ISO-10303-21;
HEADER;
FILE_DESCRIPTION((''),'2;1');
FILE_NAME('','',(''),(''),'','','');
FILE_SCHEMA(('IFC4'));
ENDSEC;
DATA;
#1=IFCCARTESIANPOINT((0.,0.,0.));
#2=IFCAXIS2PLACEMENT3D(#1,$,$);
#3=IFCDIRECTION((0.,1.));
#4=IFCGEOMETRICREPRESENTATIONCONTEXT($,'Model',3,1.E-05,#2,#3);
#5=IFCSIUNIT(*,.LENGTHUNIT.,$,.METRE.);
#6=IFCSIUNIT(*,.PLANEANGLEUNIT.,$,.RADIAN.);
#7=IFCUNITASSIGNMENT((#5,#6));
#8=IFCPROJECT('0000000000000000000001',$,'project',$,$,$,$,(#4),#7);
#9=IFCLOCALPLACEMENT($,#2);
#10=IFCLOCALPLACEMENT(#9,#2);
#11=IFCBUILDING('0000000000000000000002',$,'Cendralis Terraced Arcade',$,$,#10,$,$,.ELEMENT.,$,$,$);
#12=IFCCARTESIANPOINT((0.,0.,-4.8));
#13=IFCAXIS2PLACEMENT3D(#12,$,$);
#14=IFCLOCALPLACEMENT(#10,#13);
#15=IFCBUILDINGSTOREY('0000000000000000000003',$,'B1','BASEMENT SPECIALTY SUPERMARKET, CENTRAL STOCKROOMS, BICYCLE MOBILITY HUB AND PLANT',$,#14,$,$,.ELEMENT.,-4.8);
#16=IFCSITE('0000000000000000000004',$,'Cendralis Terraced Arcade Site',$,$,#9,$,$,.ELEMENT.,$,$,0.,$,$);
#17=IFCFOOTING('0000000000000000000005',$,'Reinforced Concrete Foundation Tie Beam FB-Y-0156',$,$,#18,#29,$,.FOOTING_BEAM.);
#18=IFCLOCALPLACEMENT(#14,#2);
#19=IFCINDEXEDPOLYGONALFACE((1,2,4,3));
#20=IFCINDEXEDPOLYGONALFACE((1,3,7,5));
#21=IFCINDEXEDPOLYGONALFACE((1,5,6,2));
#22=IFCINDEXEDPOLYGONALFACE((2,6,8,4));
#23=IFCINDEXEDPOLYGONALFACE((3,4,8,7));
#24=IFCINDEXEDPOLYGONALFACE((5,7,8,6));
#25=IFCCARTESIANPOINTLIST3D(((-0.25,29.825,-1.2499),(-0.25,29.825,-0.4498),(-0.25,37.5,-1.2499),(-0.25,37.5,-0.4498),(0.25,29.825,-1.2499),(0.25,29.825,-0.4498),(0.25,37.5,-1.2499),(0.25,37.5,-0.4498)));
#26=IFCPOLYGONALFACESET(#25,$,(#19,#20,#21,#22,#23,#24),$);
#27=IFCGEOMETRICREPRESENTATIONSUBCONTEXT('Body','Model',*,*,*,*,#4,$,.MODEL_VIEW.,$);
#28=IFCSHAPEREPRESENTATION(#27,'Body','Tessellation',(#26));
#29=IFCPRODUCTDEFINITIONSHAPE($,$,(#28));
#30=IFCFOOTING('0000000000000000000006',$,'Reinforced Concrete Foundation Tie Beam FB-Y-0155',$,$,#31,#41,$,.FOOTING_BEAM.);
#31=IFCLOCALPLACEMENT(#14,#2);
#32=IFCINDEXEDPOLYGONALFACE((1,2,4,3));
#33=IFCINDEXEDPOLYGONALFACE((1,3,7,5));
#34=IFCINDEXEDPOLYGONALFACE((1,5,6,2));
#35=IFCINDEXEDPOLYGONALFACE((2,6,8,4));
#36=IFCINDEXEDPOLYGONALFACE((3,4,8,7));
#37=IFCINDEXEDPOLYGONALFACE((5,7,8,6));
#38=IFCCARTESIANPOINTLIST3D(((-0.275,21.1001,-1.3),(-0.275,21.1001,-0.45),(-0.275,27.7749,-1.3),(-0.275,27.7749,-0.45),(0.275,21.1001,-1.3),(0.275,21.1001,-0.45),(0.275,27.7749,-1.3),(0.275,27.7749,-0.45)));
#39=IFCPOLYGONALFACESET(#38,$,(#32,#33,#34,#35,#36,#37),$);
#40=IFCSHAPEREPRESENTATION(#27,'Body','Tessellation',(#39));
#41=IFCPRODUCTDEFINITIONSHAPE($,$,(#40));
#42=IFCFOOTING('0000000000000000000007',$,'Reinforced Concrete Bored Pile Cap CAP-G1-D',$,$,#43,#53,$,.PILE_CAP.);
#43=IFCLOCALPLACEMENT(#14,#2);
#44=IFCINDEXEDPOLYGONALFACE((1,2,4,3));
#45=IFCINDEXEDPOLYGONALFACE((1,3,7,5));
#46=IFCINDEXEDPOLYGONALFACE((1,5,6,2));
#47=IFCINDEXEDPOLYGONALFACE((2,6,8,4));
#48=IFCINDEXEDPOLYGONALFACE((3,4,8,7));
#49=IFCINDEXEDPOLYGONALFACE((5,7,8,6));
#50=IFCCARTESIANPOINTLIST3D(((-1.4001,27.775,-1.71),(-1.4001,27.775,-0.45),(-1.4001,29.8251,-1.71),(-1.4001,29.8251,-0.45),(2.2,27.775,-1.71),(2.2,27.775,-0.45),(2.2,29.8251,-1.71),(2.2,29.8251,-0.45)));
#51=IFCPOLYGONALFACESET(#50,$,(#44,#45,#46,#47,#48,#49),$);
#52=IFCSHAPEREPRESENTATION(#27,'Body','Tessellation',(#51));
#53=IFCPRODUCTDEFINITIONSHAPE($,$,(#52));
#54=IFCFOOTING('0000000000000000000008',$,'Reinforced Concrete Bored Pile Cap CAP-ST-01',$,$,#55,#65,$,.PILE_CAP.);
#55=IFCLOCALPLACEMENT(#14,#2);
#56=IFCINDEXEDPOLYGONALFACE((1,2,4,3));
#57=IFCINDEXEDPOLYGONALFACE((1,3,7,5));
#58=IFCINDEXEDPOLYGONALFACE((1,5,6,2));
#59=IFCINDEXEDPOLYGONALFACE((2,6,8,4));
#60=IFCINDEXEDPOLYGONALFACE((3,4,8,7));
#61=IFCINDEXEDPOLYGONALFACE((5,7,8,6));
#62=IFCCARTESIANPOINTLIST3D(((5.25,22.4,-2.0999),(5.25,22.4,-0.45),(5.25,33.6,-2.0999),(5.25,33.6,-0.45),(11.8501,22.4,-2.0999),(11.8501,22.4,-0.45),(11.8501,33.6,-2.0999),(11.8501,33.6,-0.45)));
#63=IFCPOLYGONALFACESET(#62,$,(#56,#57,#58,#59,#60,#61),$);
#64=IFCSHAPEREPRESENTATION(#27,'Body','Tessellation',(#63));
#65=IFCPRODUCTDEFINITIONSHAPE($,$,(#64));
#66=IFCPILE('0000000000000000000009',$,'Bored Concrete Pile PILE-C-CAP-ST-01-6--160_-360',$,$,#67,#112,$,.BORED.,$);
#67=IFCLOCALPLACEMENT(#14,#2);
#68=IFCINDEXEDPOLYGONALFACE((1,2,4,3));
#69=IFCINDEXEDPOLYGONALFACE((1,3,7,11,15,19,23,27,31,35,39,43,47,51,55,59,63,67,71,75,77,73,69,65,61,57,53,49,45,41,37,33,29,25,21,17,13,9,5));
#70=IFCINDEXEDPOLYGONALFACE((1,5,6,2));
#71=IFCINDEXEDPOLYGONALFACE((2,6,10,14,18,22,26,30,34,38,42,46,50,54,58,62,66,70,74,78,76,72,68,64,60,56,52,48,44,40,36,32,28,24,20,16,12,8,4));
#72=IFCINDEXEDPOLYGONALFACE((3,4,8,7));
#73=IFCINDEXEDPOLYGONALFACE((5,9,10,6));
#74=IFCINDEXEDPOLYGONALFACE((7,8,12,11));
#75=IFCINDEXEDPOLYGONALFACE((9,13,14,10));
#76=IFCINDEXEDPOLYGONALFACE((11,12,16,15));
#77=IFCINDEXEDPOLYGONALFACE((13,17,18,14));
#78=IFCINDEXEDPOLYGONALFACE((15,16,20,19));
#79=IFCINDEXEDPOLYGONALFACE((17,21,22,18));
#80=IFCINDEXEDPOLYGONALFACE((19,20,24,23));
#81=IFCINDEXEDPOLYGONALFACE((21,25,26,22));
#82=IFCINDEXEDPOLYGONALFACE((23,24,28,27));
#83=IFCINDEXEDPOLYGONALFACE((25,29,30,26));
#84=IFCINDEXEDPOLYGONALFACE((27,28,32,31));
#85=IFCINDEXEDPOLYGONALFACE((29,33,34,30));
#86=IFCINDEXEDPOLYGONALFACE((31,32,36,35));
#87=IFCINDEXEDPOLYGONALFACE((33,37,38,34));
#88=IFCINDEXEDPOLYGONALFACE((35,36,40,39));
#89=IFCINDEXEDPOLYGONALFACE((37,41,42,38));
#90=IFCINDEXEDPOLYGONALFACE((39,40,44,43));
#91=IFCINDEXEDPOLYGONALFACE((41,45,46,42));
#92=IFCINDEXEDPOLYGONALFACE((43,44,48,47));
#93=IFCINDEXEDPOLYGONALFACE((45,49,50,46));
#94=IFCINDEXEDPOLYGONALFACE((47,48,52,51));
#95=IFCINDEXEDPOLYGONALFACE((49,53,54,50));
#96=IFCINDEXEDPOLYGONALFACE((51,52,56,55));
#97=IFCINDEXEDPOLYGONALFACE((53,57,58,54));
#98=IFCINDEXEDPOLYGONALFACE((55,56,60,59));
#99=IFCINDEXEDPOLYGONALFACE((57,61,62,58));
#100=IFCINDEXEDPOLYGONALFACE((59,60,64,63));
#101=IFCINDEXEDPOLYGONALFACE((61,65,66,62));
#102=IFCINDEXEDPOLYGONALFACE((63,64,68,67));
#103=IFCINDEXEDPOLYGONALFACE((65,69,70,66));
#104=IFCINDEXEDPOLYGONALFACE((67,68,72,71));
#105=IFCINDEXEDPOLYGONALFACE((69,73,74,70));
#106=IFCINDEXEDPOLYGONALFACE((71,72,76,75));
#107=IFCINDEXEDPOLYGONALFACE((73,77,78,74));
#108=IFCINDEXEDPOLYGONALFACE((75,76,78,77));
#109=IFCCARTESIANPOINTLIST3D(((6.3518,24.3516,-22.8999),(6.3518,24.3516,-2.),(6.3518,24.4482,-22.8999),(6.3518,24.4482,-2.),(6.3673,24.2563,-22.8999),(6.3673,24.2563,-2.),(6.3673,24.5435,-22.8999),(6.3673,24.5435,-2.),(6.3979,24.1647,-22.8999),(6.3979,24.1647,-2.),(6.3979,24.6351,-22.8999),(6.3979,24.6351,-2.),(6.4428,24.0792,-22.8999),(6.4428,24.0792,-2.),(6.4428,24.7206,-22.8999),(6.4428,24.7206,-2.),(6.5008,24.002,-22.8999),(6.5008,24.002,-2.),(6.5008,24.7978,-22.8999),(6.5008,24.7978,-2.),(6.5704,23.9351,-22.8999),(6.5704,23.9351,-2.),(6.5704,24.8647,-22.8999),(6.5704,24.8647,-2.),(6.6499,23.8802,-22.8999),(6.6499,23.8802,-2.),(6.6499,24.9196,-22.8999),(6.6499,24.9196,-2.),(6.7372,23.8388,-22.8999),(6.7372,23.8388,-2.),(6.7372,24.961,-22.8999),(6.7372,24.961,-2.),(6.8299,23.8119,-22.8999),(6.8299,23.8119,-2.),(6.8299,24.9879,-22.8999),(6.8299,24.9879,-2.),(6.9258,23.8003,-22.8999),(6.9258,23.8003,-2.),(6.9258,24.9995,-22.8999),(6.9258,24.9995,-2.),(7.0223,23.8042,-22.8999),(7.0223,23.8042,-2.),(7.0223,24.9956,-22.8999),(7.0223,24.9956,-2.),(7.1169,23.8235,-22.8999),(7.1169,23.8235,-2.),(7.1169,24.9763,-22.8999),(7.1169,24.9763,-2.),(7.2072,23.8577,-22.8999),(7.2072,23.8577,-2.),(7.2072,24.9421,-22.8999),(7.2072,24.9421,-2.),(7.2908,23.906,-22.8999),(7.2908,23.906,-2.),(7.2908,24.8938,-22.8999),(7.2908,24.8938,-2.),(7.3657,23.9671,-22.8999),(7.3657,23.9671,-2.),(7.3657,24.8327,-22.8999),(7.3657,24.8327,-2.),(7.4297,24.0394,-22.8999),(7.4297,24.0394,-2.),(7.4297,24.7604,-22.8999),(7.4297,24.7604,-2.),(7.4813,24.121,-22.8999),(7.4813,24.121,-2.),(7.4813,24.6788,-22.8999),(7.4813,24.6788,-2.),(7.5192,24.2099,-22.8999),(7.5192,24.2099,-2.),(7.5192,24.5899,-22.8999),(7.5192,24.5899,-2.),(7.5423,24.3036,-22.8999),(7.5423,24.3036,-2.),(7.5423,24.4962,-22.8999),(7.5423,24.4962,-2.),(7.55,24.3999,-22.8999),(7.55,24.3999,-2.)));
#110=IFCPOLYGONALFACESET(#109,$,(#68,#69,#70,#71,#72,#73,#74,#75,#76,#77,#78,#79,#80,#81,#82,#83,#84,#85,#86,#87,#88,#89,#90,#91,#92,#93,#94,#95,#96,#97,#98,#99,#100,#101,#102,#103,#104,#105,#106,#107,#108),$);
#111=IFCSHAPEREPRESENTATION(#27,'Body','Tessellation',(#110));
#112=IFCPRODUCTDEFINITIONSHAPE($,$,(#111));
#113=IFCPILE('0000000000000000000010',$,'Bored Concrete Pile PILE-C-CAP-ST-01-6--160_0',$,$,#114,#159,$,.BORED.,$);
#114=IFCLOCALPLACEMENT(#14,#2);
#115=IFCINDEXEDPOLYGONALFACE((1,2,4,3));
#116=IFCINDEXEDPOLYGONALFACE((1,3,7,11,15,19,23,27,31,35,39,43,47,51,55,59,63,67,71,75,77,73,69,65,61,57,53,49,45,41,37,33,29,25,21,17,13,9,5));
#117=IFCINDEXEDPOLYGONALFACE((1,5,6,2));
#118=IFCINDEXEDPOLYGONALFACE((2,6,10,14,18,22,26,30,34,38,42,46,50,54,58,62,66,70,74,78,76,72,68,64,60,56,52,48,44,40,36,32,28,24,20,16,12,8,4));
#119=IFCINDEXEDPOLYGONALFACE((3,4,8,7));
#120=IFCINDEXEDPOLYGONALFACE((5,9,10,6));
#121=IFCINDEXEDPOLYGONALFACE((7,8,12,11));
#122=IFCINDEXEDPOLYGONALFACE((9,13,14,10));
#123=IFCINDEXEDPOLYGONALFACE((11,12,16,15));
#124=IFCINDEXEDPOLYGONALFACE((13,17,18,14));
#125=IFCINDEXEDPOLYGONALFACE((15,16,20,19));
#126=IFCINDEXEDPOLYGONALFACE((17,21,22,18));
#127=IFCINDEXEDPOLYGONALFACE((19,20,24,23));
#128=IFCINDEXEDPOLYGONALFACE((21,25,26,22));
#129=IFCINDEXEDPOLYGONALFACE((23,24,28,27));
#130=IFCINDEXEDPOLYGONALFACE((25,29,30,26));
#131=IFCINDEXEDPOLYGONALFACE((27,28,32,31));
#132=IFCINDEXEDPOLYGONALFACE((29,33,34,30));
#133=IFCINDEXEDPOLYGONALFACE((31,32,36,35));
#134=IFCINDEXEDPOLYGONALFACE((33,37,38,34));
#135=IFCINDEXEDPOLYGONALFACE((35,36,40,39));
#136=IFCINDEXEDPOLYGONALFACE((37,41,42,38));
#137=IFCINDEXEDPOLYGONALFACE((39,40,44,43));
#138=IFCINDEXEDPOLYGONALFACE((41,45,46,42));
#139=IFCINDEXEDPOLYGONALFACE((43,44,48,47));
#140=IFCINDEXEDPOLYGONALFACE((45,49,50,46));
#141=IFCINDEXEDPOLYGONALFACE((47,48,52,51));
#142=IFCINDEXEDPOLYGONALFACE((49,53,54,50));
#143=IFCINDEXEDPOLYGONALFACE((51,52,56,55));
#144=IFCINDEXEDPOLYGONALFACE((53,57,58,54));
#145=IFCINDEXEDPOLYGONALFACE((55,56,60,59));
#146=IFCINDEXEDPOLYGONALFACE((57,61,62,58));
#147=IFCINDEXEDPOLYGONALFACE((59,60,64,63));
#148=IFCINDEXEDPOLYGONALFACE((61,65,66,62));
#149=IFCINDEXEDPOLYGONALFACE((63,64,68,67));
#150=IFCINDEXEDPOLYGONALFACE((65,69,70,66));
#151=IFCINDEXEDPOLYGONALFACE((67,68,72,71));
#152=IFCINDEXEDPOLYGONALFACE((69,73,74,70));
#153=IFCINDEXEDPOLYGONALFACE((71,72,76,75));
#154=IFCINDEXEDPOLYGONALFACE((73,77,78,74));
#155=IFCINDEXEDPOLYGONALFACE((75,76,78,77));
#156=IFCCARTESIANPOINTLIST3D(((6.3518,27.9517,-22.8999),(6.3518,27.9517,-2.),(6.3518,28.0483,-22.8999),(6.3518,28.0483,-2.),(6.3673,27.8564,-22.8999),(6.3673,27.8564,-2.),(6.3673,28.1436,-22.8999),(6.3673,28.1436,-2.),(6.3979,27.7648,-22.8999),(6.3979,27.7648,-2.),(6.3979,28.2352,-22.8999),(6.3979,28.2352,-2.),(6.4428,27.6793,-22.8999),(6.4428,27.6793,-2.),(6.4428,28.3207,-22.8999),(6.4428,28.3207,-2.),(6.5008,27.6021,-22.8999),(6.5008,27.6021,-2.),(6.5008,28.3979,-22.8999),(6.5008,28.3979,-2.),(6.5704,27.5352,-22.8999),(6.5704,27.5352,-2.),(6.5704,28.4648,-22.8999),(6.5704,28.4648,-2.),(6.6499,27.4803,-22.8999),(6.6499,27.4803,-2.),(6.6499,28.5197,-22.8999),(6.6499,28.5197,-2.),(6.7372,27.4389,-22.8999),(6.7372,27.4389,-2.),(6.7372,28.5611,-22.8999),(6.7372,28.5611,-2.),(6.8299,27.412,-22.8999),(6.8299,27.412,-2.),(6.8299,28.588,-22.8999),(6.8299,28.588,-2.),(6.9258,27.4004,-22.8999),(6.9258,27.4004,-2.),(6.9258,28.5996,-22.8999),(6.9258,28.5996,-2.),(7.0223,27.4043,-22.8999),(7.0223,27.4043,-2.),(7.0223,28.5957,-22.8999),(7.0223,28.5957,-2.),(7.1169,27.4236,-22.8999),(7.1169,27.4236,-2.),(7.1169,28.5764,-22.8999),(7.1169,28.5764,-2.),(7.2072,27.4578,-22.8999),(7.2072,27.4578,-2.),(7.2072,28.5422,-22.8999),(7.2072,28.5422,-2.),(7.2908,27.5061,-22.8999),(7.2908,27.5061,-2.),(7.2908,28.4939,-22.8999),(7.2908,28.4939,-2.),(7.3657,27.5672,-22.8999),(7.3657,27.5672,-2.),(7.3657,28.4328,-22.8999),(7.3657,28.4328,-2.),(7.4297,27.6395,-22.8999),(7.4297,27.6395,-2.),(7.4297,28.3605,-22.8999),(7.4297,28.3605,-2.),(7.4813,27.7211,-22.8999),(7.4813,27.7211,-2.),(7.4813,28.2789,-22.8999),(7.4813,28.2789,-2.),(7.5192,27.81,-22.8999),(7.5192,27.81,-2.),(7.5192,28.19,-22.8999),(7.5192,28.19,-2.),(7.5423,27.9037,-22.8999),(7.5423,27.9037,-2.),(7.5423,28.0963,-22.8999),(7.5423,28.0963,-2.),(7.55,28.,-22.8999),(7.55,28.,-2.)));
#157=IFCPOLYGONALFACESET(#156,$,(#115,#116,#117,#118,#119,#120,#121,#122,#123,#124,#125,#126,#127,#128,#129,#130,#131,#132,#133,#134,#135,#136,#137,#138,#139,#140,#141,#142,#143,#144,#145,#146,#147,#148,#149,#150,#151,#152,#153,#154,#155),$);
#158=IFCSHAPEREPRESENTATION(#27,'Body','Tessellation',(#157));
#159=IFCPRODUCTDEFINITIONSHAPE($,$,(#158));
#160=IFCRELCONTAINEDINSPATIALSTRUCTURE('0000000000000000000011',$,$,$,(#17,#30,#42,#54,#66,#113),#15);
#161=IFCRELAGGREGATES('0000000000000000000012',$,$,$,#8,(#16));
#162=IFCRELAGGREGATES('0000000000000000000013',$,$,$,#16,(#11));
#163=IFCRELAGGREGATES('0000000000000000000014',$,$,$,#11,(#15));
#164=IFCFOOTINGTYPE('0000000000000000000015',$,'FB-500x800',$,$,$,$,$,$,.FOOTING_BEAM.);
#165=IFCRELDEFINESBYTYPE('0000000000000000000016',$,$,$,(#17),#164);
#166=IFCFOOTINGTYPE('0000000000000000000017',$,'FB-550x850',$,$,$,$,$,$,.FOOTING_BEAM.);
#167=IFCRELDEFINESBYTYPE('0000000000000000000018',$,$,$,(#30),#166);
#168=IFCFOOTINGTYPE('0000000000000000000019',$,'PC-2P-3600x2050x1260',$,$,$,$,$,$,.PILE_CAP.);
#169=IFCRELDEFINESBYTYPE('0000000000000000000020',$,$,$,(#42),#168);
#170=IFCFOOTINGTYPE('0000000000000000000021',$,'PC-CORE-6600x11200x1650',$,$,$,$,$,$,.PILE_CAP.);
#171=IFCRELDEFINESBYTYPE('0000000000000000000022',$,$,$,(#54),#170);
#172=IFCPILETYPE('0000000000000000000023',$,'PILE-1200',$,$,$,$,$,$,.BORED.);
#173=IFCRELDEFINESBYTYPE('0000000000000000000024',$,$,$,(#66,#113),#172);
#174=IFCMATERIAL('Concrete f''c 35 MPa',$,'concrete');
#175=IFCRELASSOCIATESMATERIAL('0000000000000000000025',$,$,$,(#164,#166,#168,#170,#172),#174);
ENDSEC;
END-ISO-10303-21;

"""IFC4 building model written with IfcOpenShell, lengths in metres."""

from ifc_helpers import new_model, si_unit, direction, frame, origin, origin_2d, place, context, subcontext, project, spatial, rectangle, circle, extrude, material, material_profile, profile_set, type_object, element, save


model = new_model("IFC4")

# Units and contexts
model_context = context("Model", 3, precision=1e-05, world=origin(), true_north=direction((0.0, 1.0)))
body_context = subcontext(model_context, "Body", "Model", "MODEL_VIEW")
ifc_project = project(units=[si_unit("LENGTHUNIT", "METRE"), si_unit("PLANEANGLEUNIT", "RADIAN")], contexts=[model_context])

# Site, building, storey
site_placement = place(None, origin())
site = spatial("IfcSite", under=ifc_project, at=site_placement, Name="Cendralis Terraced Arcade Site", CompositionType="ELEMENT", RefElevation=0.0)
building_placement = place(site_placement, origin())
building = spatial("IfcBuilding", under=site, at=building_placement, Name="Cendralis Terraced Arcade", CompositionType="ELEMENT")
storey_placement = place(building_placement, frame((0.0, 0.0, -4.8)))
storey = spatial("IfcBuildingStorey", under=building, at=storey_placement, Name="B1", Description="BASEMENT SPECIALTY SUPERMARKET, CENTRAL STOCKROOMS, BICYCLE MOBILITY HUB AND PLANT", CompositionType="ELEMENT", Elevation=-4.8)

# Footings
ifc_material_1 = material(Name="Concrete f'c 35 MPa", Category="concrete")
ifc_material_profile_1 = material_profile(ifc_material_1, rectangle(XDim=0.5, YDim=0.8, at=origin_2d()), Name="FB-500x800", Category="LoadBearing")
ifc_profile_set_1 = profile_set([ifc_material_profile_1], Name="Concrete f'c 35 MPa")
footing_type_1 = type_object("IfcFootingType", Name="FB-500x800", PredefinedType="FOOTING_BEAM", material=ifc_profile_set_1)
footing_1_placement = place(storey_placement, frame((0.0, 29.825, -0.8499), z_axis=(0.0, 1.0, 0.0), x_axis=(-1.0, 0.0, 0.0)))
element("IfcFooting", 1, at=footing_1_placement, inside=storey, type_object=footing_type_1, Name="Reinforced Concrete Foundation Tie Beam FB-Y-0156", PredefinedType="FOOTING_BEAM", context=body_context, shape_type="SweptSolid", body=[
    extrude(rectangle(XDim=0.5, YDim=0.8, at=origin_2d()), origin(), (0.0, 0.0, 1.0), 7.675),
])
ifc_material_profile_2 = material_profile(ifc_material_1, rectangle(XDim=0.55, YDim=0.8501, at=origin_2d()), Name="FB-550x850", Category="LoadBearing")
ifc_profile_set_2 = profile_set([ifc_material_profile_2], Name="Concrete f'c 35 MPa")
footing_type_2 = type_object("IfcFootingType", Name="FB-550x850", PredefinedType="FOOTING_BEAM", material=ifc_profile_set_2)
footing_2_placement = place(storey_placement, frame((0.0, 21.1001, -0.875), z_axis=(0.0, 1.0, 0.0), x_axis=(-1.0, 0.0, 0.0)))
element("IfcFooting", 2, at=footing_2_placement, inside=storey, type_object=footing_type_2, Name="Reinforced Concrete Foundation Tie Beam FB-Y-0155", PredefinedType="FOOTING_BEAM", context=body_context, shape_type="SweptSolid", body=[
    extrude(rectangle(XDim=0.55, YDim=0.8501, at=origin_2d()), origin(), (0.0, 0.0, 1.0), 6.6748),
])
footing_type_3 = type_object("IfcFootingType", Name="PC-2P-3600x2050x1260", PredefinedType="PILE_CAP", material=ifc_material_1)
footing_3_placement = place(storey_placement, frame((0.3999, 28.8, -1.71), z_axis=(0.0, 0.0, 1.0), x_axis=(1.0, 0.0, 0.0)))
element("IfcFooting", 3, at=footing_3_placement, inside=storey, type_object=footing_type_3, Name="Reinforced Concrete Bored Pile Cap CAP-G1-D", PredefinedType="PILE_CAP", context=body_context, shape_type="SweptSolid", body=[
    extrude(rectangle(XDim=3.6001, YDim=2.05, at=origin_2d()), origin(), (0.0, 0.0, 1.0), 1.26),
])
footing_type_4 = type_object("IfcFootingType", Name="PC-CORE-6600x11200x1650", PredefinedType="PILE_CAP", material=ifc_material_1)
footing_4_placement = place(storey_placement, frame((8.55, 28.0, -2.0999), z_axis=(0.0, 0.0, 1.0), x_axis=(1.0, 0.0, 0.0)))
element("IfcFooting", 4, at=footing_4_placement, inside=storey, type_object=footing_type_4, Name="Reinforced Concrete Bored Pile Cap CAP-ST-01", PredefinedType="PILE_CAP", context=body_context, shape_type="SweptSolid", body=[
    extrude(rectangle(XDim=6.6001, YDim=11.2, at=origin_2d()), origin(), (0.0, 0.0, 1.0), 1.6499),
])

# Piles
ifc_material_profile_3 = material_profile(ifc_material_1, circle(Radius=0.6001, at=origin_2d()), Name="PILE-D1200", Category="LoadBearing")
ifc_profile_set_3 = profile_set([ifc_material_profile_3], Name="Concrete f'c 35 MPa")
pile_type_1 = type_object("IfcPileType", Name="PILE-1200", PredefinedType="BORED", material=ifc_profile_set_3)
for number, where, z_axis, x_axis, name in (
    (5, (6.95, 24.3999, -2.0), (0.0, 0.0, -1.0), (1.0, 0.0, 0.0), "Bored Concrete Pile PILE-C-CAP-ST-01-6--160_-360"),
    (6, (6.95, 28.0, -2.0), (0.0, 0.0, -1.0), (1.0, 0.0, 0.0), "Bored Concrete Pile PILE-C-CAP-ST-01-6--160_0"),
):
    element("IfcPile", number, at=place(storey_placement, frame(where, z_axis=z_axis, x_axis=x_axis)), inside=storey, type_object=pile_type_1, Name=name, PredefinedType="BORED", context=body_context, shape_type="SweptSolid", body=[
        extrude(circle(Radius=0.6001, at=origin_2d()), origin(), (0.0, 0.0, 1.0), 20.8999),
    ])

save(model, "model.ifc")
